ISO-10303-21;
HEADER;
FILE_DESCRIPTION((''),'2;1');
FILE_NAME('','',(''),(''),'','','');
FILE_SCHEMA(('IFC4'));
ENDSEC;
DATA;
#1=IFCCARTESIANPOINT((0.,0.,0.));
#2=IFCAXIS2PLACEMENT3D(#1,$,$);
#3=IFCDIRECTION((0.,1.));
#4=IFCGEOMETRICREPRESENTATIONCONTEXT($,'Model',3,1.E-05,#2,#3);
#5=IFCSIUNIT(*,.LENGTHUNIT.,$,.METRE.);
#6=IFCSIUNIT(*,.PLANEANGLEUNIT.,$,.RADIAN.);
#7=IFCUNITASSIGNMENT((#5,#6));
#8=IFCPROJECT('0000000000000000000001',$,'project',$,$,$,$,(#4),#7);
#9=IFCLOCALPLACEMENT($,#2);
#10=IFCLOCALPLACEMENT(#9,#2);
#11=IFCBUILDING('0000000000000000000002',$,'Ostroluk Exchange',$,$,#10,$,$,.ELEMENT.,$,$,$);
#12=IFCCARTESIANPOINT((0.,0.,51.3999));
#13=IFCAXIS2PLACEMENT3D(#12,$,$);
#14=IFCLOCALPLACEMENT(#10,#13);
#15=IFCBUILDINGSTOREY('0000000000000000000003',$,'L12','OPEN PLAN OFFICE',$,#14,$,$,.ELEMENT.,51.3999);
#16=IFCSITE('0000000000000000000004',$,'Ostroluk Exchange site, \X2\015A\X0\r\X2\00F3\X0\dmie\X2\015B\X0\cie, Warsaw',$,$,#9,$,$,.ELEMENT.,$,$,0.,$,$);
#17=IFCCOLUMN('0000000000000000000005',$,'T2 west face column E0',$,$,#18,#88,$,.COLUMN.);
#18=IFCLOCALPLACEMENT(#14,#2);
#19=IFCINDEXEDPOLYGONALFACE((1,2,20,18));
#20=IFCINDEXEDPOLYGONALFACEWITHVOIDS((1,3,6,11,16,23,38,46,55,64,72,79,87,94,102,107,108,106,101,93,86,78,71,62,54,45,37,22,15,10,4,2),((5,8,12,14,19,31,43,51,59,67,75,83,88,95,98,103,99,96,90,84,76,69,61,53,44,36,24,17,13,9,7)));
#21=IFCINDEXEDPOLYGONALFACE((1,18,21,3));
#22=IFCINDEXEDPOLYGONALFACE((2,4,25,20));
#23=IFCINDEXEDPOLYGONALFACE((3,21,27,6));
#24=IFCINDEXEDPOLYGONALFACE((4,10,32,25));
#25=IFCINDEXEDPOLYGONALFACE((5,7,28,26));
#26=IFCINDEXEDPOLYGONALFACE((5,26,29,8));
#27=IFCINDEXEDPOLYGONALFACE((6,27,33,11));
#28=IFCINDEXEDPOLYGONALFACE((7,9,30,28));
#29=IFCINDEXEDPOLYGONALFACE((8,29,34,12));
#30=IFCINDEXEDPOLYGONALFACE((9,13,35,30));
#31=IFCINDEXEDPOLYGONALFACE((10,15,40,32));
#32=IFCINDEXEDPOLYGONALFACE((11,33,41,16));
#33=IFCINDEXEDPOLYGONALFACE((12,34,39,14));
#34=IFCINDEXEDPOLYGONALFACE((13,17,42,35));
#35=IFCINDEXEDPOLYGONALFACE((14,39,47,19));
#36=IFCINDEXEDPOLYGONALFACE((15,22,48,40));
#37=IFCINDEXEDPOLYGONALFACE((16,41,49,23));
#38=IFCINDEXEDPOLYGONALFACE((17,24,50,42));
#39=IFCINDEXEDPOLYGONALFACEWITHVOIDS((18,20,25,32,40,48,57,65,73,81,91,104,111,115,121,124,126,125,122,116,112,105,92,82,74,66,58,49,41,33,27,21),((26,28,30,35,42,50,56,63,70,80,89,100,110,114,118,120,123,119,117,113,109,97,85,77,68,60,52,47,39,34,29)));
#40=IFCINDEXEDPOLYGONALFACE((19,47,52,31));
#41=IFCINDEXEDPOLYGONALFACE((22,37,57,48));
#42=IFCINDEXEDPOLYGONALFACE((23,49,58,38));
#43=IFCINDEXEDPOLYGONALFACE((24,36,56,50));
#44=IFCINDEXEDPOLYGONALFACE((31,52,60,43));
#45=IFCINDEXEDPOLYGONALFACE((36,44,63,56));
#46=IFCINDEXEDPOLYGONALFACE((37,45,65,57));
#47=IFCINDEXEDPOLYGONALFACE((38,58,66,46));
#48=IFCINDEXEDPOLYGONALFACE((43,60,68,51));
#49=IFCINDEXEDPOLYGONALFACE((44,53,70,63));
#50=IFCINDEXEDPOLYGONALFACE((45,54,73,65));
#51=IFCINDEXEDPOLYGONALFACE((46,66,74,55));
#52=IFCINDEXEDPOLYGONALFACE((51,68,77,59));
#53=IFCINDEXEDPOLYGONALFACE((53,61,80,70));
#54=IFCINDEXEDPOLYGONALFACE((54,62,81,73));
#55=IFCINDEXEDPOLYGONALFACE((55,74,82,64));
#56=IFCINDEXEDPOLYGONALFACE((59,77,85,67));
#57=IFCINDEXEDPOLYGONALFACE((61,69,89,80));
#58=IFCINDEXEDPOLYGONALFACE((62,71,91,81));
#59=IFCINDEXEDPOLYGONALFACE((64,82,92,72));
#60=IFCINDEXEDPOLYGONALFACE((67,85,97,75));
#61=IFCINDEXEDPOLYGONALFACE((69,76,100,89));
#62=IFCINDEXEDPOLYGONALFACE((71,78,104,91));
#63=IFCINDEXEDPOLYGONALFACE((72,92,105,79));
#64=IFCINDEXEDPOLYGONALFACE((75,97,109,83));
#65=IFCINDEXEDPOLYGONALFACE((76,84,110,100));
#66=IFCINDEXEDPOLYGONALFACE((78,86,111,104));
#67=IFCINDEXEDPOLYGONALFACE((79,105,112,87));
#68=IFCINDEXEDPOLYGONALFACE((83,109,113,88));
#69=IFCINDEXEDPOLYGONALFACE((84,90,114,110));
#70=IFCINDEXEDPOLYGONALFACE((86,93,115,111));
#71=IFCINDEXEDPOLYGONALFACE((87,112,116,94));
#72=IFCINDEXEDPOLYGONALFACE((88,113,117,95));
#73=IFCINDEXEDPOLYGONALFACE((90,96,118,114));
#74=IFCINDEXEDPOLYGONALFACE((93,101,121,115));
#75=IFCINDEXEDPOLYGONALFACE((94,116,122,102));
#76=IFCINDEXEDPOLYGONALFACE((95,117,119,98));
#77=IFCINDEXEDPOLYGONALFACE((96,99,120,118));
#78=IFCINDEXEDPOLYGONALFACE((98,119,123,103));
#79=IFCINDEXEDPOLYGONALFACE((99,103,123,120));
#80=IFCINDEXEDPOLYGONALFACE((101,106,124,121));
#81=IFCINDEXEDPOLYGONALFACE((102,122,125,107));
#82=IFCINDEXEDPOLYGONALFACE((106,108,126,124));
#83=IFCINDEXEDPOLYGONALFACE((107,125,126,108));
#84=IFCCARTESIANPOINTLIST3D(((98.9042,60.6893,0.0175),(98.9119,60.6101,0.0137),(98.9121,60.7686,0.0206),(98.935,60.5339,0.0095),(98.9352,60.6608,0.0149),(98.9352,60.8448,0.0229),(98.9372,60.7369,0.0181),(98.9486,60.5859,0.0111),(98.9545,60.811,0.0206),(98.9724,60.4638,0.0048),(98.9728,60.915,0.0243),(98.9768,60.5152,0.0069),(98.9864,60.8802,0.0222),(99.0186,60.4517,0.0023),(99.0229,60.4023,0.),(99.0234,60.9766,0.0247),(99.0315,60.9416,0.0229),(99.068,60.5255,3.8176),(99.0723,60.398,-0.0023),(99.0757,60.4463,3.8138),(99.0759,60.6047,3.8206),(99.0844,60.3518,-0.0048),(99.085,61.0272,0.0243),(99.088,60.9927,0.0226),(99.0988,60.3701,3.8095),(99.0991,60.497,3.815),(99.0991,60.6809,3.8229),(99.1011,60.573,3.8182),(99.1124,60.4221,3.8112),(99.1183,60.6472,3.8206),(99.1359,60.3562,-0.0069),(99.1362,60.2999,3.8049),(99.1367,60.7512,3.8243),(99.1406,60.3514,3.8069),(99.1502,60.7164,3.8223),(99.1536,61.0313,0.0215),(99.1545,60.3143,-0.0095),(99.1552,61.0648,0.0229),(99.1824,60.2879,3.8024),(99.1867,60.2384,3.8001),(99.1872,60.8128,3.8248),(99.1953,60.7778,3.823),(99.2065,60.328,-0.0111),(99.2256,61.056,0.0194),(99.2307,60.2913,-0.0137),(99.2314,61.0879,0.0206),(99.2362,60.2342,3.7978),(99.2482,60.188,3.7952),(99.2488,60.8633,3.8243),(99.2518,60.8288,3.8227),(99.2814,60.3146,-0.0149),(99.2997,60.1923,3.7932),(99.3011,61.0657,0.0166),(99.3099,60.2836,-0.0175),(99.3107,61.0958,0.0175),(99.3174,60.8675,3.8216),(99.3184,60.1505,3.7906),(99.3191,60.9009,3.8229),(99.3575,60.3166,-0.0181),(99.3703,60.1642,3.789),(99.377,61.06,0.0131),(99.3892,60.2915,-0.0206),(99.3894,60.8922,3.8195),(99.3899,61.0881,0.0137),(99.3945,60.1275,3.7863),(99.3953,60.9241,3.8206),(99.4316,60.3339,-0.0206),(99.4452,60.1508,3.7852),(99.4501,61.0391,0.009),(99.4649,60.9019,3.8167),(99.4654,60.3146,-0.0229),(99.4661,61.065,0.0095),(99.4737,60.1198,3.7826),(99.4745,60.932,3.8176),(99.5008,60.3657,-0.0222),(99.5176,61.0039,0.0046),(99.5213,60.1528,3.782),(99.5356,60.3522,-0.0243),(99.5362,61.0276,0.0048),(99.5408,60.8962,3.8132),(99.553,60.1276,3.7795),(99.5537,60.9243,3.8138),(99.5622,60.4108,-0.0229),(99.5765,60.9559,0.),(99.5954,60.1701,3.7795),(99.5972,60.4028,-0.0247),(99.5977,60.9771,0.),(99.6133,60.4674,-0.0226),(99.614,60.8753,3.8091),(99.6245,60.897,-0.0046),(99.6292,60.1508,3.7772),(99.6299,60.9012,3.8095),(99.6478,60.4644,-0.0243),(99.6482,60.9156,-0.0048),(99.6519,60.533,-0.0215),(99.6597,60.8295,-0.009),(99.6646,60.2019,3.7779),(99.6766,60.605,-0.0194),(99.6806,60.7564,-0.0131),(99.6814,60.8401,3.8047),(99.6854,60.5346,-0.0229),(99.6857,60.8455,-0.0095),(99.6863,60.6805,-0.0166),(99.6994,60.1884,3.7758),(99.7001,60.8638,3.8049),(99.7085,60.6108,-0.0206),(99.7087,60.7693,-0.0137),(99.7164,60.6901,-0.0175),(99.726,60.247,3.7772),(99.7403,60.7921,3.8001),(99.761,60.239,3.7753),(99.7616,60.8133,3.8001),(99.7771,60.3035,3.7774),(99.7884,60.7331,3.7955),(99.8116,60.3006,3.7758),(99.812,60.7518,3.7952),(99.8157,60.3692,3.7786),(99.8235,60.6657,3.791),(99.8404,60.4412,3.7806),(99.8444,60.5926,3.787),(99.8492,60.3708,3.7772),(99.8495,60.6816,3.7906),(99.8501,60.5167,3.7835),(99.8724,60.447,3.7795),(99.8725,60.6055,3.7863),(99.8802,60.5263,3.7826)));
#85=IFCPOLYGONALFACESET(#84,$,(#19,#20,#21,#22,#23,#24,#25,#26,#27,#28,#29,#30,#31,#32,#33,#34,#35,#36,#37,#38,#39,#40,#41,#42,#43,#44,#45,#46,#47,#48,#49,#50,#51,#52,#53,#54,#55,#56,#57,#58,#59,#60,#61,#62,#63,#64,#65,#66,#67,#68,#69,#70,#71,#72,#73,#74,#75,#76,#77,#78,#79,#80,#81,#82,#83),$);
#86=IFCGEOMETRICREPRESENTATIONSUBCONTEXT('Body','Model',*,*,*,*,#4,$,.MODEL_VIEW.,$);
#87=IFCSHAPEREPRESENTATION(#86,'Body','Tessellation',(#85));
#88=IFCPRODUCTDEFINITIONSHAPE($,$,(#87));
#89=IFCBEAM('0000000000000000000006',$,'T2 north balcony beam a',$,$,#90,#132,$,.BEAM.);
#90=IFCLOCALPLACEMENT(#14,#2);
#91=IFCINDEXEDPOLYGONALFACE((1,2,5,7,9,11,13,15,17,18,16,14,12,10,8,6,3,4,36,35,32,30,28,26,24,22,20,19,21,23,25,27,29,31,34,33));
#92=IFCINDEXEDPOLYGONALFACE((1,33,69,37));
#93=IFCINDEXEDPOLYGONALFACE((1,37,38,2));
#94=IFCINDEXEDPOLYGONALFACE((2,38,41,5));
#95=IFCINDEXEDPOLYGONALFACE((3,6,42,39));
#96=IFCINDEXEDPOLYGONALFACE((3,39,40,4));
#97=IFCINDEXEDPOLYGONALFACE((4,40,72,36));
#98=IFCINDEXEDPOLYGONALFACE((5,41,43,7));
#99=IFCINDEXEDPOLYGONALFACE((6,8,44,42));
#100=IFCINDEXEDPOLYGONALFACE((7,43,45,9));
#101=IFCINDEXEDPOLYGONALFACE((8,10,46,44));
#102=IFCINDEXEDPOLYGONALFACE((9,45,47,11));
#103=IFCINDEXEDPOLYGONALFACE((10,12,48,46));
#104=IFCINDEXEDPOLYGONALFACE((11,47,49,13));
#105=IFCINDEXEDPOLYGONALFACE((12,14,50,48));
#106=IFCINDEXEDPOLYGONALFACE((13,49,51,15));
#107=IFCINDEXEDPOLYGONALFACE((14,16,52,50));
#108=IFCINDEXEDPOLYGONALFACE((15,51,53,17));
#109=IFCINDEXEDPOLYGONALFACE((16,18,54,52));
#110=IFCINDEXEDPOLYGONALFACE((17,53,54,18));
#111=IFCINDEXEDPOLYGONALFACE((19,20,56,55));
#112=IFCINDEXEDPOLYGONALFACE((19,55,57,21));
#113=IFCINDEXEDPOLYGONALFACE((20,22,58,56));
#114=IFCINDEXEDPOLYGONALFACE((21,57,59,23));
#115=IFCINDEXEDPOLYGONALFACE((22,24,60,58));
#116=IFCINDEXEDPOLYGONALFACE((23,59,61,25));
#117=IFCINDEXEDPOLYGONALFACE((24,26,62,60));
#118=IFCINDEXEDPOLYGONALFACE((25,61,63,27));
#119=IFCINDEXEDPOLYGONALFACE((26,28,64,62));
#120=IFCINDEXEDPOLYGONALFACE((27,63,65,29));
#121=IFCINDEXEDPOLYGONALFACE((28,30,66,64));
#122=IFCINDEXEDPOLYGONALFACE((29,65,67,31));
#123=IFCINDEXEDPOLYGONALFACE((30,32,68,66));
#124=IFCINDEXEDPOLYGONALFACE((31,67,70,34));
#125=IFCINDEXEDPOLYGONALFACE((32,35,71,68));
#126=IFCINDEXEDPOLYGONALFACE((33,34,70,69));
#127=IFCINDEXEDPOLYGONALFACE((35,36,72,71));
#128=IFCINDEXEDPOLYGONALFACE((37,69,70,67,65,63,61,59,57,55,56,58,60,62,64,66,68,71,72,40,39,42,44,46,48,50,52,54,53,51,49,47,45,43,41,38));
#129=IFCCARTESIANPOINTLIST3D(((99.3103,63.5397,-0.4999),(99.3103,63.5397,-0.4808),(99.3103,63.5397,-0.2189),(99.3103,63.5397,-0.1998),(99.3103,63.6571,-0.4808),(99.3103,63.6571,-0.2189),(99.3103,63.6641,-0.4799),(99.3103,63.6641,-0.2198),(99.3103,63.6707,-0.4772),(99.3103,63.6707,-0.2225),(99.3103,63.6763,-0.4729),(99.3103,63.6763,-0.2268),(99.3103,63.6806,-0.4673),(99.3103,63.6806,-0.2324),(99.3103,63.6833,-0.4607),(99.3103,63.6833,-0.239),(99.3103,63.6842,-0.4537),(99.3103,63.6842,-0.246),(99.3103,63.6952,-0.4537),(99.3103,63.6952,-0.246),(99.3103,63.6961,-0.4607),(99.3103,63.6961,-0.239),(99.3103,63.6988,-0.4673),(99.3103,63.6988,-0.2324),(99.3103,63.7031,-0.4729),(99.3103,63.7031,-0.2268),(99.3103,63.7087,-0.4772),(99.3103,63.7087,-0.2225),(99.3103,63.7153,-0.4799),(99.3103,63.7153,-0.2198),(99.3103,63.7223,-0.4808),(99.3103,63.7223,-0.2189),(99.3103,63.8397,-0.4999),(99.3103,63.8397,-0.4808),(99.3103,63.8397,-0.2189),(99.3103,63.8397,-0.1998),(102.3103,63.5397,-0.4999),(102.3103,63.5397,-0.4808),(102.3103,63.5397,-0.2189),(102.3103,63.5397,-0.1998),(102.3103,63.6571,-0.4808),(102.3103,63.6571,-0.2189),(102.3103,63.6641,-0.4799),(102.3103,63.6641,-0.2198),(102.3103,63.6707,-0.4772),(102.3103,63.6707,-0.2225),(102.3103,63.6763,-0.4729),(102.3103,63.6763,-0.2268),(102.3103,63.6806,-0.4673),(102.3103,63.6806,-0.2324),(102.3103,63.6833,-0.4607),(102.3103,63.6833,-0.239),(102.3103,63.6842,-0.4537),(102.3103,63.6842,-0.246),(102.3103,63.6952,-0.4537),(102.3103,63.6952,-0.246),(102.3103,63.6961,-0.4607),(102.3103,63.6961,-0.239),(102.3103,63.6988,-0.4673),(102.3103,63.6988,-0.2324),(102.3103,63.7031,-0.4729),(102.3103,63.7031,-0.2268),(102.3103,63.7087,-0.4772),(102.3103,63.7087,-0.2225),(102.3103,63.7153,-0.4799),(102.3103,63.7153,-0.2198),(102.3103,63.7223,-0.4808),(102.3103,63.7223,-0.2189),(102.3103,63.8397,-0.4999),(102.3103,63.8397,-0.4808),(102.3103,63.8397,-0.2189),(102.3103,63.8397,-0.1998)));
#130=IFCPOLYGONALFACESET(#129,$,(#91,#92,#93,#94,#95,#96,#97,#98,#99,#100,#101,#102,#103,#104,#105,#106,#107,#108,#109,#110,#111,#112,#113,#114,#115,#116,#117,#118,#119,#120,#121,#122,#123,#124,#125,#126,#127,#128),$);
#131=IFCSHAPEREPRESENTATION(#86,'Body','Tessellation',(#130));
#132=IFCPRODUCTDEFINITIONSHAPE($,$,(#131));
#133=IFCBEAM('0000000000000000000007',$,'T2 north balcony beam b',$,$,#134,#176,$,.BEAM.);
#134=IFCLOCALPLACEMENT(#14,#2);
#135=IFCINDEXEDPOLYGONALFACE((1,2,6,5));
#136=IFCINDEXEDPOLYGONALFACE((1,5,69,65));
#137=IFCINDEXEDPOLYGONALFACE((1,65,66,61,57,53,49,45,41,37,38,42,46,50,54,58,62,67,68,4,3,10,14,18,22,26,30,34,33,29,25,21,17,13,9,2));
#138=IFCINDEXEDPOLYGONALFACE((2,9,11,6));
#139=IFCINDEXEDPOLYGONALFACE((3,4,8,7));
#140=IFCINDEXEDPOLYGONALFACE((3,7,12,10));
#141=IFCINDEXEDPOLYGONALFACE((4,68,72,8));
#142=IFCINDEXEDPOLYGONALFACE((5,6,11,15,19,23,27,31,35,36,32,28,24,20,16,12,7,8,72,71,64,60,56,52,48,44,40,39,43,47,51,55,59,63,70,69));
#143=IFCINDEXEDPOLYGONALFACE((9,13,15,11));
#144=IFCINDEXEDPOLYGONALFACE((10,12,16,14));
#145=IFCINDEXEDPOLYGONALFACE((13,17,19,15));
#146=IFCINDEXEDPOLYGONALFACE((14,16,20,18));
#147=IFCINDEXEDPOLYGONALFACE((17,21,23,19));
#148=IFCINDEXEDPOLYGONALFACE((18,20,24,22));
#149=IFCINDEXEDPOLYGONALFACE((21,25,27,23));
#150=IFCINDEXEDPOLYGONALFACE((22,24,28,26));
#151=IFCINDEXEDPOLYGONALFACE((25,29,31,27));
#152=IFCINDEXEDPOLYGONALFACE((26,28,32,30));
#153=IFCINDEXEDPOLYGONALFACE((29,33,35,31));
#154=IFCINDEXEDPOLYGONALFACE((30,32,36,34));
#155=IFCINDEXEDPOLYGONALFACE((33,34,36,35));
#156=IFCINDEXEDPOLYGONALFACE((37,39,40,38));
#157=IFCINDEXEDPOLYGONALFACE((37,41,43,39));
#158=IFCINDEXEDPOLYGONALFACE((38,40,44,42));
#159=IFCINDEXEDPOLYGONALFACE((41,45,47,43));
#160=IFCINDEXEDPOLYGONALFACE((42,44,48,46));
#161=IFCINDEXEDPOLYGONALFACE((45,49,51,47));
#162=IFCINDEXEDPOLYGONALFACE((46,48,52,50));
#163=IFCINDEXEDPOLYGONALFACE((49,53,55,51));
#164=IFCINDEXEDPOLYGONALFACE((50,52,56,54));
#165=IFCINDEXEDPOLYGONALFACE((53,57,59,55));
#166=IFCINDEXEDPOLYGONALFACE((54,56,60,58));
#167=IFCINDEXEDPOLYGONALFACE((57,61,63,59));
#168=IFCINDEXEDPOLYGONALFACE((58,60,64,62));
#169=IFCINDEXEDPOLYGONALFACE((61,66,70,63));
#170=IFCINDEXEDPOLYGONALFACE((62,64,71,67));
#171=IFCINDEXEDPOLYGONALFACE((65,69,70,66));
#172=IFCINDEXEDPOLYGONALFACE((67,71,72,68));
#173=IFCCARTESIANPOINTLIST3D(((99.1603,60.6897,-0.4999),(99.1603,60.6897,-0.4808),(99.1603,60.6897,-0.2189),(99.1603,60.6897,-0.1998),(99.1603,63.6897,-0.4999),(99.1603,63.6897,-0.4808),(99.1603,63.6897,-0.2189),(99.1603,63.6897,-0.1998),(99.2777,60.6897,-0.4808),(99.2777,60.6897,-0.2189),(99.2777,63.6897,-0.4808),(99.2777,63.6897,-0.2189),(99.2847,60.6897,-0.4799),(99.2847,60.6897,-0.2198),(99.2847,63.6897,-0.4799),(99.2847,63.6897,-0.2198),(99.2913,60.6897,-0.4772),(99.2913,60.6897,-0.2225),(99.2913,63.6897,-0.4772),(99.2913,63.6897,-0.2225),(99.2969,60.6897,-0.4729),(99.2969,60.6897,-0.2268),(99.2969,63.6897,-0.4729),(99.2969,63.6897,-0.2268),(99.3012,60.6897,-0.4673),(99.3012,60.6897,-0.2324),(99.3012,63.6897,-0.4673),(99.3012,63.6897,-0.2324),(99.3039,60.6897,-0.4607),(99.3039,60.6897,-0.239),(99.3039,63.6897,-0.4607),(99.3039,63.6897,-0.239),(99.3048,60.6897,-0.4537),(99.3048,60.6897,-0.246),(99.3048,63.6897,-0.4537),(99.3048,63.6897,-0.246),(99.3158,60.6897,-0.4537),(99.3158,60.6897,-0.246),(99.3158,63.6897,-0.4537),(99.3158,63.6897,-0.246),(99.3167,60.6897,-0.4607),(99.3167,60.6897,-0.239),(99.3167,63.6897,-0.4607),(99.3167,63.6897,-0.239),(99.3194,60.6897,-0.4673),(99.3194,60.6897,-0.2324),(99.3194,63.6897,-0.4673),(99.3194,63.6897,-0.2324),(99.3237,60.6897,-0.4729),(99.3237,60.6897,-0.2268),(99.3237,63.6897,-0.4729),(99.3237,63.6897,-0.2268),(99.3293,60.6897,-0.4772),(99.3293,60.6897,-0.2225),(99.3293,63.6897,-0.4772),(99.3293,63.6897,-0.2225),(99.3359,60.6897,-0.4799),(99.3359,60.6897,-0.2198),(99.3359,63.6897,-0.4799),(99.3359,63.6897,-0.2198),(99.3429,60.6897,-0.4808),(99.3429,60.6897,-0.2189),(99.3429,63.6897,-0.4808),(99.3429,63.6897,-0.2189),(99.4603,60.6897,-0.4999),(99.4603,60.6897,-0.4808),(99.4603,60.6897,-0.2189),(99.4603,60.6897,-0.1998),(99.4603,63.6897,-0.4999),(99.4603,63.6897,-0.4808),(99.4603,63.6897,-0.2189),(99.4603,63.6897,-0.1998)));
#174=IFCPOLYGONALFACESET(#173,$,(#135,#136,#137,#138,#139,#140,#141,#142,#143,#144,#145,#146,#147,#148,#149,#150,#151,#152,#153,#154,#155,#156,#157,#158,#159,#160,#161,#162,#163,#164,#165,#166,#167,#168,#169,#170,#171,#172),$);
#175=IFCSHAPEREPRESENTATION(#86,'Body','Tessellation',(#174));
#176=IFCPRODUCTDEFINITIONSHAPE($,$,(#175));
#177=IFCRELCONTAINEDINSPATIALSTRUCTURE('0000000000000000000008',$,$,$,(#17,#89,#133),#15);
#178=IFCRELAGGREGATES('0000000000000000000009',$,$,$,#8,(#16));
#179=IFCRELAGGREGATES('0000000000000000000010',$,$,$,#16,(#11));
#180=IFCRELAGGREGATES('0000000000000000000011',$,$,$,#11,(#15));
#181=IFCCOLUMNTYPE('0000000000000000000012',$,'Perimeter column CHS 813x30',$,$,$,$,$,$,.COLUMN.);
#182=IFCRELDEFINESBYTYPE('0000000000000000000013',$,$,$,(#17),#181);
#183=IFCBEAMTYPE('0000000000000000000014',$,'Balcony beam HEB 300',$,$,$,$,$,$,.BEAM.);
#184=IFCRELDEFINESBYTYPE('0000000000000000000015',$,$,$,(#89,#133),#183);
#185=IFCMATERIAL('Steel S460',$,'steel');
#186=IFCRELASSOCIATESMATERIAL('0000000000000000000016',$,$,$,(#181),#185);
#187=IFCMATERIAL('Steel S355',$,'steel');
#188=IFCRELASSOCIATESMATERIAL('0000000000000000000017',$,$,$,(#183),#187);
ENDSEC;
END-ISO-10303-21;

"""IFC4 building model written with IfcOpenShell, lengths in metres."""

from ifc_helpers import new_model, si_unit, direction, frame, origin, origin_2d, place, context, subcontext, project, spatial, hollow_circle, i_section, extrude, material, material_profile, profile_set, type_object, element, save


model = new_model("IFC4")

# Units and contexts
model_context = context("Model", 3, precision=1e-05, world=origin(), true_north=direction((0.0, 1.0)))
body_context = subcontext(model_context, "Body", "Model", "MODEL_VIEW")
ifc_project = project(units=[si_unit("LENGTHUNIT", "METRE"), si_unit("PLANEANGLEUNIT", "RADIAN")], contexts=[model_context])

# Site, building, storey
site_placement = place(None, origin())
site = spatial("IfcSite", under=ifc_project, at=site_placement, Name="Ostroluk Exchange site, Śródmieście, Warsaw", CompositionType="ELEMENT", RefElevation=0.0)
building_placement = place(site_placement, origin())
building = spatial("IfcBuilding", under=site, at=building_placement, Name="Ostroluk Exchange", CompositionType="ELEMENT")
storey_placement = place(building_placement, frame((0.0, 0.0, 51.3999)))
storey = spatial("IfcBuildingStorey", under=building, at=storey_placement, Name="L12", Description="OPEN PLAN OFFICE", CompositionType="ELEMENT", Elevation=51.3999)

# Column
ifc_material_1 = material(Name="Steel S460", Category="steel")
ifc_material_profile_1 = material_profile(ifc_material_1, hollow_circle(Radius=0.4065, WallThickness=0.03, at=origin_2d()), Name="CHS 813x30")
ifc_profile_set_1 = profile_set([ifc_material_profile_1], Name="Steel S460")
column_type = type_object("IfcColumnType", Name="Perimeter column CHS 813x30", PredefinedType="COLUMN", material=ifc_profile_set_1)
column_1_placement = place(storey_placement, frame((99.3103, 60.6897, 0.0), z_axis=(0.04303, -0.04303, 0.998147), x_axis=(0.707107, 0.707107, 0.0)))
element("IfcColumn", 1, at=column_1_placement, inside=storey, type_object=column_type, Name="T2 west face column E0", PredefinedType="COLUMN", context=body_context, shape_type="SweptSolid", body=[
    extrude(hollow_circle(Radius=0.4065, WallThickness=0.03, at=origin_2d()), origin(), (0.0, 0.0, 1.0), 3.8071),
])

# Beams
ifc_material_2 = material(Name="Steel S355", Category="steel")
ifc_material_profile_2 = material_profile(ifc_material_2, i_section(OverallWidth=0.3, OverallDepth=0.3, WebThickness=0.011, FlangeThickness=0.019, FilletRadius=0.0271, at=origin_2d()), Name="HEB 300")
ifc_profile_set_2 = profile_set([ifc_material_profile_2], Name="Steel S355")
beam_type_1 = type_object("IfcBeamType", Name="Balcony beam HEB 300", PredefinedType="BEAM", material=ifc_profile_set_2)
for number, where, z_axis, x_axis, name in (
    (2, (102.3103, 63.6897, -0.3499), (-1.0, 0.0, 0.0), (0.0, -1.0, 0.0), "T2 north balcony beam a"),
    (3, (99.3103, 60.6897, -0.3499), (0.0, 1.0, 0.0), (-1.0, 0.0, 0.0), "T2 north balcony beam b"),
):
    element("IfcBeam", number, at=place(storey_placement, frame(where, z_axis=z_axis, x_axis=x_axis)), inside=storey, type_object=beam_type_1, Name=name, PredefinedType="BEAM", context=body_context, shape_type="SweptSolid", body=[
        extrude(i_section(OverallWidth=0.3, OverallDepth=0.3, WebThickness=0.011, FlangeThickness=0.019, FilletRadius=0.0271, at=origin_2d()), origin(), (0.0, 0.0, 1.0), 3.0),
    ])

save(model, "model.ifc")
